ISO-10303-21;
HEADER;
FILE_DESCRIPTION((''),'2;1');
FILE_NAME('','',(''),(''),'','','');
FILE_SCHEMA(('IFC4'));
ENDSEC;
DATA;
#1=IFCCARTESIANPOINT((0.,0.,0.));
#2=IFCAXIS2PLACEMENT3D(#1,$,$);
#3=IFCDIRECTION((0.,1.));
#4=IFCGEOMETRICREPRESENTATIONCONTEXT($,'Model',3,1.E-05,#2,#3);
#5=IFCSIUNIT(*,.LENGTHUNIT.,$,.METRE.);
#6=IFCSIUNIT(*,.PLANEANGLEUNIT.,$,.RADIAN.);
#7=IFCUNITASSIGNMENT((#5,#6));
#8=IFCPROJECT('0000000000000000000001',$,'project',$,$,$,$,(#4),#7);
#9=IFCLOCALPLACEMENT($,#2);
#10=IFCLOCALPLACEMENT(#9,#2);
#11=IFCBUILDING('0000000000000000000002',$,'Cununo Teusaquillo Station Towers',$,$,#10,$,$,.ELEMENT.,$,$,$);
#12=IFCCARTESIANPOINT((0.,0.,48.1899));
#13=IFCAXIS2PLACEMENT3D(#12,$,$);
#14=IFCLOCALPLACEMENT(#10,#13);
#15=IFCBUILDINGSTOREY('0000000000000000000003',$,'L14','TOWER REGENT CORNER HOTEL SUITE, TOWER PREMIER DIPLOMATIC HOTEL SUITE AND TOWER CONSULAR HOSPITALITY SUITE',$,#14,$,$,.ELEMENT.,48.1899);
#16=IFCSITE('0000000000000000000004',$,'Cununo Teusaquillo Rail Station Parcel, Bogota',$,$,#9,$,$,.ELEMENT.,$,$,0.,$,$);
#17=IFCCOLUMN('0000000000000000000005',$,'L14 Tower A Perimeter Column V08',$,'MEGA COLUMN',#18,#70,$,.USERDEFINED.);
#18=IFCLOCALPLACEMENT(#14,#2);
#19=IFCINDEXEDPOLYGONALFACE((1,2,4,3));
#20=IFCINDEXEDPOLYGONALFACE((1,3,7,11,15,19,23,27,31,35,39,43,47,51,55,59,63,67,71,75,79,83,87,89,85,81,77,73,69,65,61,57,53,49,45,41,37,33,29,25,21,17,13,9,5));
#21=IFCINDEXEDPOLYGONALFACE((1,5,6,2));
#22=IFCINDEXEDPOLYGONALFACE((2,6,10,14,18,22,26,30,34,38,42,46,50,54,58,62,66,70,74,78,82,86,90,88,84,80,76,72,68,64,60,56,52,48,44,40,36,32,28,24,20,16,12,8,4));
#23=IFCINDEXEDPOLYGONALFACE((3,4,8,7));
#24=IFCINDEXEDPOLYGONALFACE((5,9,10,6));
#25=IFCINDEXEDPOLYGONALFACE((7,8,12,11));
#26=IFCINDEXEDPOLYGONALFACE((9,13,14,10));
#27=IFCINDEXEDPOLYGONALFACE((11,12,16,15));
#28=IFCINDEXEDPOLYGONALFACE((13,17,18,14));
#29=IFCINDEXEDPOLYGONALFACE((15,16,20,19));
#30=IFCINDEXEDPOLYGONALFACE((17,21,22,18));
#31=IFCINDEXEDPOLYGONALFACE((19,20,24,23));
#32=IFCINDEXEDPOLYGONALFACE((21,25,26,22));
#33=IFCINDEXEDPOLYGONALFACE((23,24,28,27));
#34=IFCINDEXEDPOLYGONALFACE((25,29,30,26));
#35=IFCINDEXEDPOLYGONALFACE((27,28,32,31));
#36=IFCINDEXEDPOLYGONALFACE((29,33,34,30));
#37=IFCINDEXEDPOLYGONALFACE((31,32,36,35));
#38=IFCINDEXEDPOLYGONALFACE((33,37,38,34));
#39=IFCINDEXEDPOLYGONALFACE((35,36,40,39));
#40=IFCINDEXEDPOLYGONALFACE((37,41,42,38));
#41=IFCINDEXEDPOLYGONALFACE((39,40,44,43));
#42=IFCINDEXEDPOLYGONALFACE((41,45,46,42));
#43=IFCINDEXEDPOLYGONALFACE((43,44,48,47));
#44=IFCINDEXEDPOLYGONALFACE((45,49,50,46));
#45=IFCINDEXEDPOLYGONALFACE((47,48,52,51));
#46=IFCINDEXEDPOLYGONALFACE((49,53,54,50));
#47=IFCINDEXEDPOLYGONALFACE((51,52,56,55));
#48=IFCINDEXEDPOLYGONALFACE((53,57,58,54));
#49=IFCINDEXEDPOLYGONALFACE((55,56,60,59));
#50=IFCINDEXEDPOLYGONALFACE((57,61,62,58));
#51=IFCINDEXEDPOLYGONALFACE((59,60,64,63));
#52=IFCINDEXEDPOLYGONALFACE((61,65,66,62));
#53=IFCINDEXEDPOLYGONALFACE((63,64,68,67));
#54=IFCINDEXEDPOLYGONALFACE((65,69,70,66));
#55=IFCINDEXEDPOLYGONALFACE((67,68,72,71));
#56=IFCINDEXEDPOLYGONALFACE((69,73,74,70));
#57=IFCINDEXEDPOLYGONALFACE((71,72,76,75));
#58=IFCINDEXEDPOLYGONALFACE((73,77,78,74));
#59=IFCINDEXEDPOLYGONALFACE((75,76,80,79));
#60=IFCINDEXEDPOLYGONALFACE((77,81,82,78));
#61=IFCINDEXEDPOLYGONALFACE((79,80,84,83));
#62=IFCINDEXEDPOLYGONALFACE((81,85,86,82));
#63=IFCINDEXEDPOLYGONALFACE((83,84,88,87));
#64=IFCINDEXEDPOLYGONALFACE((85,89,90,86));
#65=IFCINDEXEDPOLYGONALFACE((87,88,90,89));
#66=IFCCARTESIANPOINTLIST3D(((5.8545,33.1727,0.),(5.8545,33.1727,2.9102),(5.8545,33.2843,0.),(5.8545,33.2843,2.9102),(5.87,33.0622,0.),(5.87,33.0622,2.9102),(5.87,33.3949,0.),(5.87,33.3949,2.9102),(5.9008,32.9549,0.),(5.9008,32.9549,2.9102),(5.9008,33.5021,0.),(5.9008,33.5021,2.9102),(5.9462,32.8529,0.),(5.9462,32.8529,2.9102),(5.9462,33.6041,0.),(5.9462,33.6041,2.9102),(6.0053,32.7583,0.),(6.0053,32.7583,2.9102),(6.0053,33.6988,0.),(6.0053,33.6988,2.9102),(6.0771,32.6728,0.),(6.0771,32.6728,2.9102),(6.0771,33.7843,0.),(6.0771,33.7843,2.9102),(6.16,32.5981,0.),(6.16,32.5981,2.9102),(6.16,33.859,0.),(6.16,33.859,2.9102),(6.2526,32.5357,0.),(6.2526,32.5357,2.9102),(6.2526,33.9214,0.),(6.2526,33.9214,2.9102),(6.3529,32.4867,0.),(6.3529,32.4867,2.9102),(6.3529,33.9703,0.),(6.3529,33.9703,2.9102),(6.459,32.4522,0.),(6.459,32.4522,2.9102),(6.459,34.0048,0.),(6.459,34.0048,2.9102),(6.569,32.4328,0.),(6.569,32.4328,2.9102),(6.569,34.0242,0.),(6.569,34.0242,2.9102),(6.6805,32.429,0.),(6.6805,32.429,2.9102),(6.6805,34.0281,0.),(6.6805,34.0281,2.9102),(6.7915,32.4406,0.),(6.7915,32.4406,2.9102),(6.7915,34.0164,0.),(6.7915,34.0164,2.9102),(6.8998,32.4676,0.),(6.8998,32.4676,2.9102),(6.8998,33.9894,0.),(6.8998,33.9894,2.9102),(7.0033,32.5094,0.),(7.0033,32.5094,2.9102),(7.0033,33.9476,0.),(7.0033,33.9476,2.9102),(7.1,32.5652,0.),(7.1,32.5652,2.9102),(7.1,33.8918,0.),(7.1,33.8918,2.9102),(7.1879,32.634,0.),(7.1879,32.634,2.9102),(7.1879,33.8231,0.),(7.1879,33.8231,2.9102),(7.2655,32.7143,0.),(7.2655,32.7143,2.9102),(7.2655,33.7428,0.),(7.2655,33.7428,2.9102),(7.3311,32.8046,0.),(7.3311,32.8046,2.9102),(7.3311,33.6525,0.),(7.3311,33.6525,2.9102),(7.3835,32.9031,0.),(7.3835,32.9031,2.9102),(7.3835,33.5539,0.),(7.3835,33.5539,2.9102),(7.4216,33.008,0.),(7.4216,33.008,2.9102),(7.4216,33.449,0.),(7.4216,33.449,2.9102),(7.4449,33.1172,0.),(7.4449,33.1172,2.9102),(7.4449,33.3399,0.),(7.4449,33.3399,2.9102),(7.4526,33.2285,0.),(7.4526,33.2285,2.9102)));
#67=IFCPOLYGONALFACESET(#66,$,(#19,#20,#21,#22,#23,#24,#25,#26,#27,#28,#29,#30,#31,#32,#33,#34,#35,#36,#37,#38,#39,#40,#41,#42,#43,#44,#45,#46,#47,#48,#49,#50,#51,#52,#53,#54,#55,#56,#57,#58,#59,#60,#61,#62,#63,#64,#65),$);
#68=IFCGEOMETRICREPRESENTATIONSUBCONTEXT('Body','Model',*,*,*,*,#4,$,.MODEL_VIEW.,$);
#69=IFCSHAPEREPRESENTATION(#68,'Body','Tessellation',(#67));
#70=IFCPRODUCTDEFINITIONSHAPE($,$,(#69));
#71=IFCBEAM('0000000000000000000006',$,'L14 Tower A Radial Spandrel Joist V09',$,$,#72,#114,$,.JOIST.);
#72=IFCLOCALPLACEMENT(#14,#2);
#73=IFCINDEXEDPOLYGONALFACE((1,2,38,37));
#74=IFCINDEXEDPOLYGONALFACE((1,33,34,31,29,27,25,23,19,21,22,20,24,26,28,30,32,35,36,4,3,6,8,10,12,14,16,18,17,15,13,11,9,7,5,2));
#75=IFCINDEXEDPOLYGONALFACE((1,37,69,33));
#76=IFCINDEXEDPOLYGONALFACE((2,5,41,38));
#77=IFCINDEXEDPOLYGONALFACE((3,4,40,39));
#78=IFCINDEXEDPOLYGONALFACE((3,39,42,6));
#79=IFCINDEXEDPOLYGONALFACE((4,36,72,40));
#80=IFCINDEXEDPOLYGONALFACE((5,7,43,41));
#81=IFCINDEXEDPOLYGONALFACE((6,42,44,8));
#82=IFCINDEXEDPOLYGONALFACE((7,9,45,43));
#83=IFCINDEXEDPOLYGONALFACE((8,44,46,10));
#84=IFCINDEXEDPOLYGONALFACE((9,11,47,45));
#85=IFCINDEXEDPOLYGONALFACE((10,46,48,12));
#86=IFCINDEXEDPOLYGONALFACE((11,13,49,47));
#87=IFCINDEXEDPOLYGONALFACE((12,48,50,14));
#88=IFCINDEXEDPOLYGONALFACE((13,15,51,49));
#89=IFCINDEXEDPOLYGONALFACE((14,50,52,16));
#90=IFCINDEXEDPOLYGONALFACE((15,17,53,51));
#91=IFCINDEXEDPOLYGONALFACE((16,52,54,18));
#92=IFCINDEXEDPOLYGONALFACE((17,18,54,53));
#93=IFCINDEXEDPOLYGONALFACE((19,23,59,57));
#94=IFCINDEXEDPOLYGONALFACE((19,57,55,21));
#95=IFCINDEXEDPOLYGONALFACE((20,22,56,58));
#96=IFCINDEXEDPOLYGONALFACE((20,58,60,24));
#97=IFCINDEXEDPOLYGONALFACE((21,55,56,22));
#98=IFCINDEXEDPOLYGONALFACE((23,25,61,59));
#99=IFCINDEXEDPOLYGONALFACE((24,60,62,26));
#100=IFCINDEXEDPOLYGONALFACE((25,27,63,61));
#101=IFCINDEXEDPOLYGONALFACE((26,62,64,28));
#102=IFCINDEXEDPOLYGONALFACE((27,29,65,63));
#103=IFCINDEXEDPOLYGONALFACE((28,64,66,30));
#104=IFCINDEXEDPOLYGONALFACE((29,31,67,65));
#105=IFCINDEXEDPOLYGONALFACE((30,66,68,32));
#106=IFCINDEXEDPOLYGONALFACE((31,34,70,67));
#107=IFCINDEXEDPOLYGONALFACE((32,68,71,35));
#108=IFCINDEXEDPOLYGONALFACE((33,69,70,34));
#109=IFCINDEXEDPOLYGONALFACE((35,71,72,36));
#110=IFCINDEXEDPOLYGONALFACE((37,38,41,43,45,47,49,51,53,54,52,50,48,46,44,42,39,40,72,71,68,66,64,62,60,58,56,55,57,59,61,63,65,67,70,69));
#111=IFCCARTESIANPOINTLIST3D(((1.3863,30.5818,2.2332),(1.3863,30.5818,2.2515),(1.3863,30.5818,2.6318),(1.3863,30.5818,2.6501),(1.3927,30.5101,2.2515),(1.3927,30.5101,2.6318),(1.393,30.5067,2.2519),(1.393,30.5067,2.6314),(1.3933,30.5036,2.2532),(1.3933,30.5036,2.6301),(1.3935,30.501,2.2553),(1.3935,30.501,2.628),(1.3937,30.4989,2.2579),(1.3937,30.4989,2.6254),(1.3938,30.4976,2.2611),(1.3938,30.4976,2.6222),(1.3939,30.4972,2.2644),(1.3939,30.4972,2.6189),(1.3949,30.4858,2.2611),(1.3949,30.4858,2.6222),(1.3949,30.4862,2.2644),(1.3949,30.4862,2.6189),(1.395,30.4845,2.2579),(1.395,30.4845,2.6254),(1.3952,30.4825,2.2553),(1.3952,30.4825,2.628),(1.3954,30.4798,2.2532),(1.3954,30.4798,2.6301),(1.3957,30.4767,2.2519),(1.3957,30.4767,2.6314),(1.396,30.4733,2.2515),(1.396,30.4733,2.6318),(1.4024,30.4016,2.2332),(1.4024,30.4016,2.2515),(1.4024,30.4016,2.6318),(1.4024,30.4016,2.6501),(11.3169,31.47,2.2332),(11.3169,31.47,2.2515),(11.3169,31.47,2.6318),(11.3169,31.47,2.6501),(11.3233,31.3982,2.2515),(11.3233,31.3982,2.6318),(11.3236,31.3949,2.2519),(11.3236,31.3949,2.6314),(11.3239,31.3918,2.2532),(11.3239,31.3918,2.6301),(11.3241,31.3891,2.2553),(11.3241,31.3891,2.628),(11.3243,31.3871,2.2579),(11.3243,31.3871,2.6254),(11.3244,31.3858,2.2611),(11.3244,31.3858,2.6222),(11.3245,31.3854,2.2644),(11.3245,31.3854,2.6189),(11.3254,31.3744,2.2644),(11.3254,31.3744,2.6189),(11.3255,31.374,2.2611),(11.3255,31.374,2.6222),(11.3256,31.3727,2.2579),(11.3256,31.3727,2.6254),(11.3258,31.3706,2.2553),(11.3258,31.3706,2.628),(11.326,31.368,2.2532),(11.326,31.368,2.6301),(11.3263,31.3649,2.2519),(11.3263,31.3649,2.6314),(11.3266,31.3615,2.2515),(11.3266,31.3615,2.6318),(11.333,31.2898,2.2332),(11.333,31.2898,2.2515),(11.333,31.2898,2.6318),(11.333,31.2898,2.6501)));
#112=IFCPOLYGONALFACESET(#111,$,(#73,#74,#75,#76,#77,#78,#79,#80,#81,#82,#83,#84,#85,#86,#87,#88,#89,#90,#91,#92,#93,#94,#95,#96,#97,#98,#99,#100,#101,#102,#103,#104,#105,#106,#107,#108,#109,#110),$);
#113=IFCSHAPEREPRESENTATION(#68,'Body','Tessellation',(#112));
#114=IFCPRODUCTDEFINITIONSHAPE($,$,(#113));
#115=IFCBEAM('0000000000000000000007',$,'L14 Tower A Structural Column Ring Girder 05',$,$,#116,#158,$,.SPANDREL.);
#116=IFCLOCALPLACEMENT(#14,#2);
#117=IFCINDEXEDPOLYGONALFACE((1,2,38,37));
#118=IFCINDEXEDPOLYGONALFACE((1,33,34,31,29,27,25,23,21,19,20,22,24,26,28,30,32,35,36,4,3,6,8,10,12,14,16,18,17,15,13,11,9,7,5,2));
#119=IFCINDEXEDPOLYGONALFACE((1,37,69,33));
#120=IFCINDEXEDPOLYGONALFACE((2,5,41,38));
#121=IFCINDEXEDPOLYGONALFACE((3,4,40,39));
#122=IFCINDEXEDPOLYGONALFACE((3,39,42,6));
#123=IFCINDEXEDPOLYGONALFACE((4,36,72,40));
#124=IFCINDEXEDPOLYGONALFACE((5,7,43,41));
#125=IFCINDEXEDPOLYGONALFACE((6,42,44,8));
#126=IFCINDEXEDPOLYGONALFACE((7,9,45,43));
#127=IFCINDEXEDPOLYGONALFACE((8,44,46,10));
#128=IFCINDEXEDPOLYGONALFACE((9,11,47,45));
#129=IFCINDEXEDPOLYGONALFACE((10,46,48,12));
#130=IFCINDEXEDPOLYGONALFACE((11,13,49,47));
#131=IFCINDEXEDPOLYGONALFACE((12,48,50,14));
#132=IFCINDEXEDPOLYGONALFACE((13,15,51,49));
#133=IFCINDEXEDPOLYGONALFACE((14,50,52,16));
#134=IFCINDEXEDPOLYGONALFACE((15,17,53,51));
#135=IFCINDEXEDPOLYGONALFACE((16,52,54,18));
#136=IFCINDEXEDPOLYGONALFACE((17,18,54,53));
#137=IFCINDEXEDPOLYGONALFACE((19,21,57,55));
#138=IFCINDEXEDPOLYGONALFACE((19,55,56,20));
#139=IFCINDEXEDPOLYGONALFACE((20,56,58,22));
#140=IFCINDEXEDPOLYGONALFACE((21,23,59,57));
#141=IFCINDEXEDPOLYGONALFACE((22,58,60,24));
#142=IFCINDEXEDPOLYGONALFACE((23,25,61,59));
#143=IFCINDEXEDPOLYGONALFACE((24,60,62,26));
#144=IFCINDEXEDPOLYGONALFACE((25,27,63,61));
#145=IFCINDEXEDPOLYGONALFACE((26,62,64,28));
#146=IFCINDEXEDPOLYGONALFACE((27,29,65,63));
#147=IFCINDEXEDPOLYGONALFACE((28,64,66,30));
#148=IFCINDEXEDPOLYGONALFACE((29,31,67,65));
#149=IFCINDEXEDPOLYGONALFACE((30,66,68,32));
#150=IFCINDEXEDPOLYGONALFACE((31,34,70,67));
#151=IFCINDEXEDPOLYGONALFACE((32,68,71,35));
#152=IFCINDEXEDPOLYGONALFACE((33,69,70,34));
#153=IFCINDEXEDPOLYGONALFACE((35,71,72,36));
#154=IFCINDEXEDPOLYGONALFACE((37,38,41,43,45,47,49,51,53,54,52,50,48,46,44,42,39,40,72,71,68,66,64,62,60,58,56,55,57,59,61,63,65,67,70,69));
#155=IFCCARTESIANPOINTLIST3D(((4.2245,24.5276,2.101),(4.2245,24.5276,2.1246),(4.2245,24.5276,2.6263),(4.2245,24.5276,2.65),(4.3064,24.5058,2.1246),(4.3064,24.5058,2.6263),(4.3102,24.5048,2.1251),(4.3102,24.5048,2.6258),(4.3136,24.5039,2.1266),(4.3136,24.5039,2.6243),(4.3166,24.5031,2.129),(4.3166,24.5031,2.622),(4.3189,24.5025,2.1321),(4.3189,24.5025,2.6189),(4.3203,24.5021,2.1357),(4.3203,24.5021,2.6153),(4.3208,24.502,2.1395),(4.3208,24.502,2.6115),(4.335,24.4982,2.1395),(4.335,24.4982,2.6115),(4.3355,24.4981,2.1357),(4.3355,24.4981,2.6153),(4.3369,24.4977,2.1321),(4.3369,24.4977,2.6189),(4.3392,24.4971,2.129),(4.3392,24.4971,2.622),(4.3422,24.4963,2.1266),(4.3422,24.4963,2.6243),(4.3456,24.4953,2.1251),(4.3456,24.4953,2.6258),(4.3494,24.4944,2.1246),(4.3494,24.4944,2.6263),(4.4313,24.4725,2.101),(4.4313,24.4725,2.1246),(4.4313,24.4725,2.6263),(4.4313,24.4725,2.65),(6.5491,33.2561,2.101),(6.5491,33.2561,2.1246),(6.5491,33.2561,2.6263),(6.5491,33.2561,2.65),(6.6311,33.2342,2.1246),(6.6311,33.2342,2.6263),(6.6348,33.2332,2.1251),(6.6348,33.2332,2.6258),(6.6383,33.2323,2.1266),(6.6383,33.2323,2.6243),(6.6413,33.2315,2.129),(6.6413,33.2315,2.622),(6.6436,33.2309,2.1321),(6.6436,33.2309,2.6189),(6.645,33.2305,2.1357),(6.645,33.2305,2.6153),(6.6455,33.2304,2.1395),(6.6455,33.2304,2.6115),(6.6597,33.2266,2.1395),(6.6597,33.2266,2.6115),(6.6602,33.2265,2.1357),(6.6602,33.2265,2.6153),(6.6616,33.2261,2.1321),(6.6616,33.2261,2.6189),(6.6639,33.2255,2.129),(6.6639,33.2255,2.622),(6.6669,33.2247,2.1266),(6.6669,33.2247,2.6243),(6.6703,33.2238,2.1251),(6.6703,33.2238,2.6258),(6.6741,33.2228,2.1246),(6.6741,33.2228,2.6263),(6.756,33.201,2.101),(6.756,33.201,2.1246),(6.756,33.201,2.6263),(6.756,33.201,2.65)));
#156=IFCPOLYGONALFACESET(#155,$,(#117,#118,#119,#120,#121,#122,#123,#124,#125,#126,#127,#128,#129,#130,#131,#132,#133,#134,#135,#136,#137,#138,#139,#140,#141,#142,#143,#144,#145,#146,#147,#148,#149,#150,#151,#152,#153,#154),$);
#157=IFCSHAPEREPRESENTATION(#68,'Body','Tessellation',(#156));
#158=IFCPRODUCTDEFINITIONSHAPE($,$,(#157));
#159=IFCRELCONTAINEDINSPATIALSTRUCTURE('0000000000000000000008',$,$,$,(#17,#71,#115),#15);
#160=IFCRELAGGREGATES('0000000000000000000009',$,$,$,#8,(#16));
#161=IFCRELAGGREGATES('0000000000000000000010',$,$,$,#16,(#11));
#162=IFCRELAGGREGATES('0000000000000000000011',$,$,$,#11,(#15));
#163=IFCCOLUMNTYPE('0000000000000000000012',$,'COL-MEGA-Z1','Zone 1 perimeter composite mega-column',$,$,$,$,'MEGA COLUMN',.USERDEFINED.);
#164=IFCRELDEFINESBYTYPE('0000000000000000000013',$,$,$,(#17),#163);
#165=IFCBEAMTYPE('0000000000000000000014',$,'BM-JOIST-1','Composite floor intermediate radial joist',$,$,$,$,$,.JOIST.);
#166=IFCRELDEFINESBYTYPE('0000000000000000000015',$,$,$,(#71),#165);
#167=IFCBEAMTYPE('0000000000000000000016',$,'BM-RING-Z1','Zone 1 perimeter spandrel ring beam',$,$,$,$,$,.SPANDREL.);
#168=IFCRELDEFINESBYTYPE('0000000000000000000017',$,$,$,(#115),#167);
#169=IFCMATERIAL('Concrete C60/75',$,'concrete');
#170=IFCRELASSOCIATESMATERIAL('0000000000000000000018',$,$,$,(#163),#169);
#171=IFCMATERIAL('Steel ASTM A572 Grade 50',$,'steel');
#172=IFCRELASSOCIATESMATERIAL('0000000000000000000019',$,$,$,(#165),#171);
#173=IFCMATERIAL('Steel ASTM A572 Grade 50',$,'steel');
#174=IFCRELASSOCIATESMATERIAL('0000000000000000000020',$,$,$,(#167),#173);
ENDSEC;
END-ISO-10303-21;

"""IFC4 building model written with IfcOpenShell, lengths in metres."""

from ifc_helpers import new_model, si_unit, direction, frame, origin, origin_2d, place, context, subcontext, project, spatial, circle, i_section, extrude, material, material_profile, profile_set, type_object, element, save


model = new_model("IFC4")

# Units and contexts
model_context = context("Model", 3, precision=1e-05, world=origin(), true_north=direction((0.0, 1.0)))
body_context = subcontext(model_context, "Body", "Model", "MODEL_VIEW")
ifc_project = project(units=[si_unit("LENGTHUNIT", "METRE"), si_unit("PLANEANGLEUNIT", "RADIAN")], contexts=[model_context])

# Site, building, storey
site_placement = place(None, origin())
site = spatial("IfcSite", under=ifc_project, at=site_placement, Name="Cununo Teusaquillo Rail Station Parcel, Bogota", CompositionType="ELEMENT", RefElevation=0.0)
building_placement = place(site_placement, origin())
building = spatial("IfcBuilding", under=site, at=building_placement, Name="Cununo Teusaquillo Station Towers", CompositionType="ELEMENT")
storey_placement = place(building_placement, frame((0.0, 0.0, 48.1899)))
storey = spatial("IfcBuildingStorey", under=building, at=storey_placement, Name="L14", Description="TOWER REGENT CORNER HOTEL SUITE, TOWER PREMIER DIPLOMATIC HOTEL SUITE AND TOWER CONSULAR HOSPITALITY SUITE", CompositionType="ELEMENT", Elevation=48.1899)

# Column
ifc_material_1 = material(Name="Concrete C60/75", Category="concrete")
ifc_material_profile_1 = material_profile(ifc_material_1, circle(Radius=0.8, at=origin_2d()), Name="RC-CIRC-1600")
ifc_profile_set_1 = profile_set([ifc_material_profile_1], Name="Concrete C60/75")
column_type = type_object("IfcColumnType", Name="COL-MEGA-Z1", Description="Zone 1 perimeter composite mega-column", ElementType="MEGA COLUMN", PredefinedType="USERDEFINED", material=ifc_profile_set_1)
column_placement = place(storey_placement, frame((6.6526, 33.2285, 0.0), z_axis=(0.0, 0.0, 1.0), x_axis=(1.0, 0.0, 0.0)))
element("IfcColumn", 1, at=column_placement, inside=storey, type_object=column_type, Name="L14 Tower A Perimeter Column V08", ObjectType="MEGA COLUMN", PredefinedType="USERDEFINED", context=body_context, shape_type="SweptSolid", body=[
    extrude(circle(Radius=0.8, at=origin_2d()), origin(), (0.0, 0.0, 1.0), 2.9102),
])

# Beams
ifc_material_2 = material(Name="Steel ASTM A572 Grade 50", Category="steel")
ifc_material_profile_2 = material_profile(ifc_material_2, i_section(OverallWidth=0.1809, OverallDepth=0.417, WebThickness=0.011, FlangeThickness=0.0183, FilletRadius=0.0129, at=origin_2d()), Name="W16X57")
ifc_profile_set_2 = profile_set([ifc_material_profile_2], Name="Steel ASTM A572 Grade 50")
beam_type_1 = type_object("IfcBeamType", Name="BM-JOIST-1", Description="Composite floor intermediate radial joist", PredefinedType="JOIST", material=ifc_profile_set_2)
beam_1_placement = place(storey_placement, frame((11.325, 31.3799, 2.4417), z_axis=(-0.996024, -0.089083, 0.0), x_axis=(0.089083, -0.996024, 0.0)))
element("IfcBeam", 2, at=beam_1_placement, inside=storey, type_object=beam_type_1, Name="L14 Tower A Radial Spandrel Joist V09", PredefinedType="JOIST", context=body_context, shape_type="SweptSolid", body=[
    extrude(i_section(OverallWidth=0.1809, OverallDepth=0.417, WebThickness=0.011, FlangeThickness=0.0183, FilletRadius=0.0129, at=origin_2d()), origin(), (0.0, 0.0, 1.0), 9.9702),
])
ifc_material_3 = material(Name="Steel ASTM A572 Grade 50", Category="steel")
ifc_material_profile_3 = material_profile(ifc_material_3, i_section(OverallWidth=0.2141, OverallDepth=0.5491, WebThickness=0.0146, FlangeThickness=0.0237, FilletRadius=0.0149, at=origin_2d()), Name="W21X93")
ifc_profile_set_3 = profile_set([ifc_material_profile_3], Name="Steel ASTM A572 Grade 50")
beam_type_2 = type_object("IfcBeamType", Name="BM-RING-Z1", Description="Zone 1 perimeter spandrel ring beam", PredefinedType="SPANDREL", material=ifc_profile_set_3)
beam_2_placement = place(storey_placement, frame((6.6526, 33.2285, 2.3755), z_axis=(-0.257363, -0.966315, 0.0), x_axis=(0.966315, -0.257363, 0.0)))
element("IfcBeam", 3, at=beam_2_placement, inside=storey, type_object=beam_type_2, Name="L14 Tower A Structural Column Ring Girder 05", PredefinedType="SPANDREL", context=body_context, shape_type="SweptSolid", body=[
    extrude(i_section(OverallWidth=0.2141, OverallDepth=0.5491, WebThickness=0.0146, FlangeThickness=0.0237, FilletRadius=0.0149, at=origin_2d()), origin(), (0.0, 0.0, 1.0), 9.0327),
])

save(model, "model.ifc")
